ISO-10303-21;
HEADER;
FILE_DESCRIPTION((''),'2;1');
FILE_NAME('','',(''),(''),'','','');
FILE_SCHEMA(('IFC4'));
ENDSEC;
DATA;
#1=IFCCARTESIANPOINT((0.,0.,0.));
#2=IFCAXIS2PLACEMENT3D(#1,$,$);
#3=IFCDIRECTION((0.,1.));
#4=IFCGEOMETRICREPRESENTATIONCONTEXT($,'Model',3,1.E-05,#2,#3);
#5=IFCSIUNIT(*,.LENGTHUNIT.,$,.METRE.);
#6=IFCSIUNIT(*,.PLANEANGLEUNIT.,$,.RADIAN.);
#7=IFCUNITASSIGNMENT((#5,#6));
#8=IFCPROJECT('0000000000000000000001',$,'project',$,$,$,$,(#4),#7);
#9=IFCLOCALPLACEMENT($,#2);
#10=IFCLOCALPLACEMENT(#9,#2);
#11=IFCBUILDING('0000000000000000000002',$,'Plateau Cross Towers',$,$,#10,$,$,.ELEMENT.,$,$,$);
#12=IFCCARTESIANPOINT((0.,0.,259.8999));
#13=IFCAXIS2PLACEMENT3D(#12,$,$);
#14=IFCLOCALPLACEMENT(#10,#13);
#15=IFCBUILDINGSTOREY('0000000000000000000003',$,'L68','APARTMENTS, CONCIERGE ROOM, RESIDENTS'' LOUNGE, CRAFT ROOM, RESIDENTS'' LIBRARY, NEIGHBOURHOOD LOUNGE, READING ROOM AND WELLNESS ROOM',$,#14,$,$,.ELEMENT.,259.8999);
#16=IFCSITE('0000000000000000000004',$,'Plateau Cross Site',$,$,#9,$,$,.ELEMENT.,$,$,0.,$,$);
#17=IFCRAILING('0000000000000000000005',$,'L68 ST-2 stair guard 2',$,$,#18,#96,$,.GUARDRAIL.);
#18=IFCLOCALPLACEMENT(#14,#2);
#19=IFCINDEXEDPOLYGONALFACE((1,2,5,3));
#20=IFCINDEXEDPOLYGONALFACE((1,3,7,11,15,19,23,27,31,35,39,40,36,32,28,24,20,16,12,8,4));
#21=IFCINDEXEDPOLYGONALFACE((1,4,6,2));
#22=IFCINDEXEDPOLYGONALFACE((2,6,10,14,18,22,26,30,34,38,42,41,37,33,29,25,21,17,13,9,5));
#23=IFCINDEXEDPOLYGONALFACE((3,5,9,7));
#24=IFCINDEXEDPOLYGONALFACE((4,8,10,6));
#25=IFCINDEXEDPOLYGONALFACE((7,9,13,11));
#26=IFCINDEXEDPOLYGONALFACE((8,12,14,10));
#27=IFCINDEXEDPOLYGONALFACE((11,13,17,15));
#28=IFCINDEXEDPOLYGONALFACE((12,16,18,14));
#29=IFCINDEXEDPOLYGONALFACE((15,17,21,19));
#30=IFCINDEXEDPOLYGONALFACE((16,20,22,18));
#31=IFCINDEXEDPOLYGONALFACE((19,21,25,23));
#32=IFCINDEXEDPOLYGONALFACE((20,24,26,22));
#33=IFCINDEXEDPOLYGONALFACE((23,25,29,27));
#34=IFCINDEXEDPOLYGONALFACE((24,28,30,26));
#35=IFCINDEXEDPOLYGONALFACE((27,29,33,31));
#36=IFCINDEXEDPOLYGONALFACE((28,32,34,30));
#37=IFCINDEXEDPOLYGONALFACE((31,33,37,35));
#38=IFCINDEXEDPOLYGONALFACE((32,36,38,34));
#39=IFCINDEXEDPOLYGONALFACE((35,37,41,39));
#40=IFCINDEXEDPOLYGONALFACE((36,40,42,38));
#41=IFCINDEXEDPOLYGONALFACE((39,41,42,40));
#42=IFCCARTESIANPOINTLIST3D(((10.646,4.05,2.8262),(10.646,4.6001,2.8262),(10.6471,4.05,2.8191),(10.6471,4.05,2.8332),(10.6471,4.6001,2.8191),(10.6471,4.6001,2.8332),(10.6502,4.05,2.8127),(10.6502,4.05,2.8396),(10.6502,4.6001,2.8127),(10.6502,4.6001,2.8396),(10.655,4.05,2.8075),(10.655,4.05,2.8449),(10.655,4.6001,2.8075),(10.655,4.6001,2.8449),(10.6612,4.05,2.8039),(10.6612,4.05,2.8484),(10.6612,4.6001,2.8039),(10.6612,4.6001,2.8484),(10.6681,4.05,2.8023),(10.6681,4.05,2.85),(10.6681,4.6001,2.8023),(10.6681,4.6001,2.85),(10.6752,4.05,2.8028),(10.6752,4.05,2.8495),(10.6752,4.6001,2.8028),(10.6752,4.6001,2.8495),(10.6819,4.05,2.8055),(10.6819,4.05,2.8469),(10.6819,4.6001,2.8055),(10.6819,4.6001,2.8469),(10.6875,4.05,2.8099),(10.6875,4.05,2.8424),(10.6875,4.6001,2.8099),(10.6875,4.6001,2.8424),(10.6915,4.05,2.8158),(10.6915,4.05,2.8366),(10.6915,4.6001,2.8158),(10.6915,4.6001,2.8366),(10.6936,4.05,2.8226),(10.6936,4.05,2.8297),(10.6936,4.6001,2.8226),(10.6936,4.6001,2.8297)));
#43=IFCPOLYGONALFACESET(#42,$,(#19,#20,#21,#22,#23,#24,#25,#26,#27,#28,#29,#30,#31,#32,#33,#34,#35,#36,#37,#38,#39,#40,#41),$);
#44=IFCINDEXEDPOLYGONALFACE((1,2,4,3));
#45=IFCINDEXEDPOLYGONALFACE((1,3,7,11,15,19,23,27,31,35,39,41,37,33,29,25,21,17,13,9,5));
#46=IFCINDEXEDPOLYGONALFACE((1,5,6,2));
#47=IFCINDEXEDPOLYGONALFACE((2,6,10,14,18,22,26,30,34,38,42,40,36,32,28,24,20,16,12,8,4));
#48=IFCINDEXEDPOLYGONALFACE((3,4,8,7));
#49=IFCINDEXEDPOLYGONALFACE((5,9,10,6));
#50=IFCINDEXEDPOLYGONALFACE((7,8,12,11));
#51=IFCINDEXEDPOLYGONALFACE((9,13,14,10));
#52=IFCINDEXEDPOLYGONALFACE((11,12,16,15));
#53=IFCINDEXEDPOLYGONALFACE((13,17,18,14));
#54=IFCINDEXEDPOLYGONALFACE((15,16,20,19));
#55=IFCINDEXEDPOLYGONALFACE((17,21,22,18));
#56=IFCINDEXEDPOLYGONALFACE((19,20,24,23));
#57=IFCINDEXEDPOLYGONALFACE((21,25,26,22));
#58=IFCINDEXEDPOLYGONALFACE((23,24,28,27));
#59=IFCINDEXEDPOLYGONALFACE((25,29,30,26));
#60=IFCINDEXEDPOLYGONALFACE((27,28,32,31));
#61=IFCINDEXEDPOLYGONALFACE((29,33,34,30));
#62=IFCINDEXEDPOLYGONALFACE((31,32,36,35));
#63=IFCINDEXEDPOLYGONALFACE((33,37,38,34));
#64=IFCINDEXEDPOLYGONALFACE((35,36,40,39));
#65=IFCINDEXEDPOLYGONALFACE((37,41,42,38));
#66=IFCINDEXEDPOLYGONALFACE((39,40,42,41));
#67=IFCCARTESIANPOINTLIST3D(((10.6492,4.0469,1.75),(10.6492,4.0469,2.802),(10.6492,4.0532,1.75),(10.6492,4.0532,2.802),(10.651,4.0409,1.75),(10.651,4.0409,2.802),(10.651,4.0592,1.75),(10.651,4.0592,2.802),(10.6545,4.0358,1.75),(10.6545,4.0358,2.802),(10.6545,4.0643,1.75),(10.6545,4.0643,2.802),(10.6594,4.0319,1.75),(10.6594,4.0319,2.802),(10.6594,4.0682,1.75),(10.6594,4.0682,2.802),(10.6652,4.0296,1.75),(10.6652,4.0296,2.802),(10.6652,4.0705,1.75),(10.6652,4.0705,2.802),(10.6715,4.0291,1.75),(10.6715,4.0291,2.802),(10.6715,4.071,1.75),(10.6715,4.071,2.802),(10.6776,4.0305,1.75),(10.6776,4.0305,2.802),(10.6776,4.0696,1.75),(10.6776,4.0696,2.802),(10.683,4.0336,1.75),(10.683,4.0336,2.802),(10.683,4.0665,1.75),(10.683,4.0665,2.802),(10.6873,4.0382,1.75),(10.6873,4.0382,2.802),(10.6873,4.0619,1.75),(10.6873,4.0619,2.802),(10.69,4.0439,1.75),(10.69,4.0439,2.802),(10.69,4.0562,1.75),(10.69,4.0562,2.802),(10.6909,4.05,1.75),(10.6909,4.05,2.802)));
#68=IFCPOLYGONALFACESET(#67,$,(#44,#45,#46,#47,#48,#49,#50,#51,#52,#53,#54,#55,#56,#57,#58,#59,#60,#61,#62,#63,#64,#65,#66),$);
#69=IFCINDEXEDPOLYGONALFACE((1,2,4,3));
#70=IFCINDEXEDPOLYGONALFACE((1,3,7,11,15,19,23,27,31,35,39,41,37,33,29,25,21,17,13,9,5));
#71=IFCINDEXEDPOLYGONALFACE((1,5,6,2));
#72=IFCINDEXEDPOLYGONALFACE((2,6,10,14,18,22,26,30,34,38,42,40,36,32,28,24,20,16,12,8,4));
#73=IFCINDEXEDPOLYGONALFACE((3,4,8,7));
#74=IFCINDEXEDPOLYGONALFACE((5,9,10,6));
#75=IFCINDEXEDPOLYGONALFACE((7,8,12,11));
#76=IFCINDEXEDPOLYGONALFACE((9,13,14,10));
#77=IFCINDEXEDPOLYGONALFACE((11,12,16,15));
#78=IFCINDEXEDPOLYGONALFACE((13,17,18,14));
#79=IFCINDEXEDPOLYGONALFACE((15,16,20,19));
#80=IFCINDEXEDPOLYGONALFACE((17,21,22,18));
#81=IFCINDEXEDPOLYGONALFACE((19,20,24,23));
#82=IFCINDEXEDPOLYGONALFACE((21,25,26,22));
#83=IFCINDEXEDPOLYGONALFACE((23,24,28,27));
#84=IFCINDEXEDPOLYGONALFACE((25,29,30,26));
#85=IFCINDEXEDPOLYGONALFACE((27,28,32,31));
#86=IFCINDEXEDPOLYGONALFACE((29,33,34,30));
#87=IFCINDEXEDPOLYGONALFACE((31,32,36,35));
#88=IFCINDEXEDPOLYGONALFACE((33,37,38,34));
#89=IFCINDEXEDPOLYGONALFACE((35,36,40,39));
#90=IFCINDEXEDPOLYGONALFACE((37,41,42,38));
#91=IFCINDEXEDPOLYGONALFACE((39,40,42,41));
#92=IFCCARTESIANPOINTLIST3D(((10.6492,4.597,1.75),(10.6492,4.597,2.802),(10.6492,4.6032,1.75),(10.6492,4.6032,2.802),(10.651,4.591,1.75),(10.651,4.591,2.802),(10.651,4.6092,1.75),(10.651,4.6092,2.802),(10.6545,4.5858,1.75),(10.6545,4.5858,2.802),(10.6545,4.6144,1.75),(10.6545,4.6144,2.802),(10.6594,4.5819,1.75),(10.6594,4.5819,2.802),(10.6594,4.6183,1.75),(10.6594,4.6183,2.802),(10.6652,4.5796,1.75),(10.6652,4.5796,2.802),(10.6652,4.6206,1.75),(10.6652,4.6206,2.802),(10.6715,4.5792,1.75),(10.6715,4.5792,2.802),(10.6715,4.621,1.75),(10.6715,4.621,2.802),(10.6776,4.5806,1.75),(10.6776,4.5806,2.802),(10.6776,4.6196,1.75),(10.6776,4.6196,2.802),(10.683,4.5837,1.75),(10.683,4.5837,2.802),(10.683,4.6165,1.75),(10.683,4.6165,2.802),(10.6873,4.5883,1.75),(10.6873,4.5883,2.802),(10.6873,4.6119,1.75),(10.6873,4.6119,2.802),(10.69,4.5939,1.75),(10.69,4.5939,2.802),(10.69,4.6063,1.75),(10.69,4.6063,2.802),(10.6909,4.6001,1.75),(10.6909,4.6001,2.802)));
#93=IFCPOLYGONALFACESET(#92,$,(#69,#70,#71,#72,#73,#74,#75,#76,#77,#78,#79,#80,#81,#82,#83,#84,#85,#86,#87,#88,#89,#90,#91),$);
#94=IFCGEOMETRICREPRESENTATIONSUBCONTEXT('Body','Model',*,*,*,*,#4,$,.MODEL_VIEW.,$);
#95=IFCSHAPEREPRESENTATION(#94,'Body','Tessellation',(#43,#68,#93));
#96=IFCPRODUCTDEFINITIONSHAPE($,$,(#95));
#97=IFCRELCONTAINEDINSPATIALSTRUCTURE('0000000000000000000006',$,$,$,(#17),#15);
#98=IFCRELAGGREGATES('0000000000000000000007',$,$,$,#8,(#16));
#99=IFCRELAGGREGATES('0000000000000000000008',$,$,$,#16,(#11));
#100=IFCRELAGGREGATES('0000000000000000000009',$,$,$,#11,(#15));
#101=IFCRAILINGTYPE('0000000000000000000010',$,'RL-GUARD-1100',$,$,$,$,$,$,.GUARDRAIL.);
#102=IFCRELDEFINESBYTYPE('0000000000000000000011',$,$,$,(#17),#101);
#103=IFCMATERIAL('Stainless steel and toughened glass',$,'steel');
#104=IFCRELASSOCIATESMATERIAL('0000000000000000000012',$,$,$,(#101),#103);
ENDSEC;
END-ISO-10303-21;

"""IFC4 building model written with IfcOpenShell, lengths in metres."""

from ifc_helpers import new_model, si_unit, direction, frame, origin, origin_2d, place, context, subcontext, project, spatial, circle, extrude, material, type_object, element, save


model = new_model("IFC4")

# Units and contexts
model_context = context("Model", 3, precision=1e-05, world=origin(), true_north=direction((0.0, 1.0)))
body_context = subcontext(model_context, "Body", "Model", "MODEL_VIEW")
ifc_project = project(units=[si_unit("LENGTHUNIT", "METRE"), si_unit("PLANEANGLEUNIT", "RADIAN")], contexts=[model_context])

# Site, building, storey
site_placement = place(None, origin())
site = spatial("IfcSite", under=ifc_project, at=site_placement, Name="Plateau Cross Site", CompositionType="ELEMENT", RefElevation=0.0)
building_placement = place(site_placement, origin())
building = spatial("IfcBuilding", under=site, at=building_placement, Name="Plateau Cross Towers", CompositionType="ELEMENT")
storey_placement = place(building_placement, frame((0.0, 0.0, 259.8999)))
storey = spatial("IfcBuildingStorey", under=building, at=storey_placement, Name="L68", Description="APARTMENTS, CONCIERGE ROOM, RESIDENTS' LOUNGE, CRAFT ROOM, RESIDENTS' LIBRARY, NEIGHBOURHOOD LOUNGE, READING ROOM AND WELLNESS ROOM", CompositionType="ELEMENT", Elevation=259.8999)

# Railing
ifc_material_1 = material(Name="Stainless steel and toughened glass", Category="steel")
railing_type_1 = type_object("IfcRailingType", Name="RL-GUARD-1100", PredefinedType="GUARDRAIL", material=ifc_material_1)
railing_1_placement = place(storey_placement, frame((10.6699, 4.05, 1.75)))
element("IfcRailing", 1, at=railing_1_placement, inside=storey, type_object=railing_type_1, Name="L68 ST-2 stair guard 2", PredefinedType="GUARDRAIL", context=body_context, shape_type="SweptSolid", body=[
    extrude(circle(Radius=0.0239, at=origin_2d()), frame((0.0, 0.0, 1.0762), z_axis=(0.0, 1.0, 0.0), x_axis=(-1.0, 0.0, 0.0)), (0.0, 0.0, 1.0), 0.55),
    extrude(circle(Radius=0.021, at=origin_2d()), origin(), (0.0, 0.0, 1.0), 1.052),
    extrude(circle(Radius=0.021, at=origin_2d()), frame((0.0, 0.55, 0.0)), (0.0, 0.0, 1.0), 1.052),
])

save(model, "model.ifc")
